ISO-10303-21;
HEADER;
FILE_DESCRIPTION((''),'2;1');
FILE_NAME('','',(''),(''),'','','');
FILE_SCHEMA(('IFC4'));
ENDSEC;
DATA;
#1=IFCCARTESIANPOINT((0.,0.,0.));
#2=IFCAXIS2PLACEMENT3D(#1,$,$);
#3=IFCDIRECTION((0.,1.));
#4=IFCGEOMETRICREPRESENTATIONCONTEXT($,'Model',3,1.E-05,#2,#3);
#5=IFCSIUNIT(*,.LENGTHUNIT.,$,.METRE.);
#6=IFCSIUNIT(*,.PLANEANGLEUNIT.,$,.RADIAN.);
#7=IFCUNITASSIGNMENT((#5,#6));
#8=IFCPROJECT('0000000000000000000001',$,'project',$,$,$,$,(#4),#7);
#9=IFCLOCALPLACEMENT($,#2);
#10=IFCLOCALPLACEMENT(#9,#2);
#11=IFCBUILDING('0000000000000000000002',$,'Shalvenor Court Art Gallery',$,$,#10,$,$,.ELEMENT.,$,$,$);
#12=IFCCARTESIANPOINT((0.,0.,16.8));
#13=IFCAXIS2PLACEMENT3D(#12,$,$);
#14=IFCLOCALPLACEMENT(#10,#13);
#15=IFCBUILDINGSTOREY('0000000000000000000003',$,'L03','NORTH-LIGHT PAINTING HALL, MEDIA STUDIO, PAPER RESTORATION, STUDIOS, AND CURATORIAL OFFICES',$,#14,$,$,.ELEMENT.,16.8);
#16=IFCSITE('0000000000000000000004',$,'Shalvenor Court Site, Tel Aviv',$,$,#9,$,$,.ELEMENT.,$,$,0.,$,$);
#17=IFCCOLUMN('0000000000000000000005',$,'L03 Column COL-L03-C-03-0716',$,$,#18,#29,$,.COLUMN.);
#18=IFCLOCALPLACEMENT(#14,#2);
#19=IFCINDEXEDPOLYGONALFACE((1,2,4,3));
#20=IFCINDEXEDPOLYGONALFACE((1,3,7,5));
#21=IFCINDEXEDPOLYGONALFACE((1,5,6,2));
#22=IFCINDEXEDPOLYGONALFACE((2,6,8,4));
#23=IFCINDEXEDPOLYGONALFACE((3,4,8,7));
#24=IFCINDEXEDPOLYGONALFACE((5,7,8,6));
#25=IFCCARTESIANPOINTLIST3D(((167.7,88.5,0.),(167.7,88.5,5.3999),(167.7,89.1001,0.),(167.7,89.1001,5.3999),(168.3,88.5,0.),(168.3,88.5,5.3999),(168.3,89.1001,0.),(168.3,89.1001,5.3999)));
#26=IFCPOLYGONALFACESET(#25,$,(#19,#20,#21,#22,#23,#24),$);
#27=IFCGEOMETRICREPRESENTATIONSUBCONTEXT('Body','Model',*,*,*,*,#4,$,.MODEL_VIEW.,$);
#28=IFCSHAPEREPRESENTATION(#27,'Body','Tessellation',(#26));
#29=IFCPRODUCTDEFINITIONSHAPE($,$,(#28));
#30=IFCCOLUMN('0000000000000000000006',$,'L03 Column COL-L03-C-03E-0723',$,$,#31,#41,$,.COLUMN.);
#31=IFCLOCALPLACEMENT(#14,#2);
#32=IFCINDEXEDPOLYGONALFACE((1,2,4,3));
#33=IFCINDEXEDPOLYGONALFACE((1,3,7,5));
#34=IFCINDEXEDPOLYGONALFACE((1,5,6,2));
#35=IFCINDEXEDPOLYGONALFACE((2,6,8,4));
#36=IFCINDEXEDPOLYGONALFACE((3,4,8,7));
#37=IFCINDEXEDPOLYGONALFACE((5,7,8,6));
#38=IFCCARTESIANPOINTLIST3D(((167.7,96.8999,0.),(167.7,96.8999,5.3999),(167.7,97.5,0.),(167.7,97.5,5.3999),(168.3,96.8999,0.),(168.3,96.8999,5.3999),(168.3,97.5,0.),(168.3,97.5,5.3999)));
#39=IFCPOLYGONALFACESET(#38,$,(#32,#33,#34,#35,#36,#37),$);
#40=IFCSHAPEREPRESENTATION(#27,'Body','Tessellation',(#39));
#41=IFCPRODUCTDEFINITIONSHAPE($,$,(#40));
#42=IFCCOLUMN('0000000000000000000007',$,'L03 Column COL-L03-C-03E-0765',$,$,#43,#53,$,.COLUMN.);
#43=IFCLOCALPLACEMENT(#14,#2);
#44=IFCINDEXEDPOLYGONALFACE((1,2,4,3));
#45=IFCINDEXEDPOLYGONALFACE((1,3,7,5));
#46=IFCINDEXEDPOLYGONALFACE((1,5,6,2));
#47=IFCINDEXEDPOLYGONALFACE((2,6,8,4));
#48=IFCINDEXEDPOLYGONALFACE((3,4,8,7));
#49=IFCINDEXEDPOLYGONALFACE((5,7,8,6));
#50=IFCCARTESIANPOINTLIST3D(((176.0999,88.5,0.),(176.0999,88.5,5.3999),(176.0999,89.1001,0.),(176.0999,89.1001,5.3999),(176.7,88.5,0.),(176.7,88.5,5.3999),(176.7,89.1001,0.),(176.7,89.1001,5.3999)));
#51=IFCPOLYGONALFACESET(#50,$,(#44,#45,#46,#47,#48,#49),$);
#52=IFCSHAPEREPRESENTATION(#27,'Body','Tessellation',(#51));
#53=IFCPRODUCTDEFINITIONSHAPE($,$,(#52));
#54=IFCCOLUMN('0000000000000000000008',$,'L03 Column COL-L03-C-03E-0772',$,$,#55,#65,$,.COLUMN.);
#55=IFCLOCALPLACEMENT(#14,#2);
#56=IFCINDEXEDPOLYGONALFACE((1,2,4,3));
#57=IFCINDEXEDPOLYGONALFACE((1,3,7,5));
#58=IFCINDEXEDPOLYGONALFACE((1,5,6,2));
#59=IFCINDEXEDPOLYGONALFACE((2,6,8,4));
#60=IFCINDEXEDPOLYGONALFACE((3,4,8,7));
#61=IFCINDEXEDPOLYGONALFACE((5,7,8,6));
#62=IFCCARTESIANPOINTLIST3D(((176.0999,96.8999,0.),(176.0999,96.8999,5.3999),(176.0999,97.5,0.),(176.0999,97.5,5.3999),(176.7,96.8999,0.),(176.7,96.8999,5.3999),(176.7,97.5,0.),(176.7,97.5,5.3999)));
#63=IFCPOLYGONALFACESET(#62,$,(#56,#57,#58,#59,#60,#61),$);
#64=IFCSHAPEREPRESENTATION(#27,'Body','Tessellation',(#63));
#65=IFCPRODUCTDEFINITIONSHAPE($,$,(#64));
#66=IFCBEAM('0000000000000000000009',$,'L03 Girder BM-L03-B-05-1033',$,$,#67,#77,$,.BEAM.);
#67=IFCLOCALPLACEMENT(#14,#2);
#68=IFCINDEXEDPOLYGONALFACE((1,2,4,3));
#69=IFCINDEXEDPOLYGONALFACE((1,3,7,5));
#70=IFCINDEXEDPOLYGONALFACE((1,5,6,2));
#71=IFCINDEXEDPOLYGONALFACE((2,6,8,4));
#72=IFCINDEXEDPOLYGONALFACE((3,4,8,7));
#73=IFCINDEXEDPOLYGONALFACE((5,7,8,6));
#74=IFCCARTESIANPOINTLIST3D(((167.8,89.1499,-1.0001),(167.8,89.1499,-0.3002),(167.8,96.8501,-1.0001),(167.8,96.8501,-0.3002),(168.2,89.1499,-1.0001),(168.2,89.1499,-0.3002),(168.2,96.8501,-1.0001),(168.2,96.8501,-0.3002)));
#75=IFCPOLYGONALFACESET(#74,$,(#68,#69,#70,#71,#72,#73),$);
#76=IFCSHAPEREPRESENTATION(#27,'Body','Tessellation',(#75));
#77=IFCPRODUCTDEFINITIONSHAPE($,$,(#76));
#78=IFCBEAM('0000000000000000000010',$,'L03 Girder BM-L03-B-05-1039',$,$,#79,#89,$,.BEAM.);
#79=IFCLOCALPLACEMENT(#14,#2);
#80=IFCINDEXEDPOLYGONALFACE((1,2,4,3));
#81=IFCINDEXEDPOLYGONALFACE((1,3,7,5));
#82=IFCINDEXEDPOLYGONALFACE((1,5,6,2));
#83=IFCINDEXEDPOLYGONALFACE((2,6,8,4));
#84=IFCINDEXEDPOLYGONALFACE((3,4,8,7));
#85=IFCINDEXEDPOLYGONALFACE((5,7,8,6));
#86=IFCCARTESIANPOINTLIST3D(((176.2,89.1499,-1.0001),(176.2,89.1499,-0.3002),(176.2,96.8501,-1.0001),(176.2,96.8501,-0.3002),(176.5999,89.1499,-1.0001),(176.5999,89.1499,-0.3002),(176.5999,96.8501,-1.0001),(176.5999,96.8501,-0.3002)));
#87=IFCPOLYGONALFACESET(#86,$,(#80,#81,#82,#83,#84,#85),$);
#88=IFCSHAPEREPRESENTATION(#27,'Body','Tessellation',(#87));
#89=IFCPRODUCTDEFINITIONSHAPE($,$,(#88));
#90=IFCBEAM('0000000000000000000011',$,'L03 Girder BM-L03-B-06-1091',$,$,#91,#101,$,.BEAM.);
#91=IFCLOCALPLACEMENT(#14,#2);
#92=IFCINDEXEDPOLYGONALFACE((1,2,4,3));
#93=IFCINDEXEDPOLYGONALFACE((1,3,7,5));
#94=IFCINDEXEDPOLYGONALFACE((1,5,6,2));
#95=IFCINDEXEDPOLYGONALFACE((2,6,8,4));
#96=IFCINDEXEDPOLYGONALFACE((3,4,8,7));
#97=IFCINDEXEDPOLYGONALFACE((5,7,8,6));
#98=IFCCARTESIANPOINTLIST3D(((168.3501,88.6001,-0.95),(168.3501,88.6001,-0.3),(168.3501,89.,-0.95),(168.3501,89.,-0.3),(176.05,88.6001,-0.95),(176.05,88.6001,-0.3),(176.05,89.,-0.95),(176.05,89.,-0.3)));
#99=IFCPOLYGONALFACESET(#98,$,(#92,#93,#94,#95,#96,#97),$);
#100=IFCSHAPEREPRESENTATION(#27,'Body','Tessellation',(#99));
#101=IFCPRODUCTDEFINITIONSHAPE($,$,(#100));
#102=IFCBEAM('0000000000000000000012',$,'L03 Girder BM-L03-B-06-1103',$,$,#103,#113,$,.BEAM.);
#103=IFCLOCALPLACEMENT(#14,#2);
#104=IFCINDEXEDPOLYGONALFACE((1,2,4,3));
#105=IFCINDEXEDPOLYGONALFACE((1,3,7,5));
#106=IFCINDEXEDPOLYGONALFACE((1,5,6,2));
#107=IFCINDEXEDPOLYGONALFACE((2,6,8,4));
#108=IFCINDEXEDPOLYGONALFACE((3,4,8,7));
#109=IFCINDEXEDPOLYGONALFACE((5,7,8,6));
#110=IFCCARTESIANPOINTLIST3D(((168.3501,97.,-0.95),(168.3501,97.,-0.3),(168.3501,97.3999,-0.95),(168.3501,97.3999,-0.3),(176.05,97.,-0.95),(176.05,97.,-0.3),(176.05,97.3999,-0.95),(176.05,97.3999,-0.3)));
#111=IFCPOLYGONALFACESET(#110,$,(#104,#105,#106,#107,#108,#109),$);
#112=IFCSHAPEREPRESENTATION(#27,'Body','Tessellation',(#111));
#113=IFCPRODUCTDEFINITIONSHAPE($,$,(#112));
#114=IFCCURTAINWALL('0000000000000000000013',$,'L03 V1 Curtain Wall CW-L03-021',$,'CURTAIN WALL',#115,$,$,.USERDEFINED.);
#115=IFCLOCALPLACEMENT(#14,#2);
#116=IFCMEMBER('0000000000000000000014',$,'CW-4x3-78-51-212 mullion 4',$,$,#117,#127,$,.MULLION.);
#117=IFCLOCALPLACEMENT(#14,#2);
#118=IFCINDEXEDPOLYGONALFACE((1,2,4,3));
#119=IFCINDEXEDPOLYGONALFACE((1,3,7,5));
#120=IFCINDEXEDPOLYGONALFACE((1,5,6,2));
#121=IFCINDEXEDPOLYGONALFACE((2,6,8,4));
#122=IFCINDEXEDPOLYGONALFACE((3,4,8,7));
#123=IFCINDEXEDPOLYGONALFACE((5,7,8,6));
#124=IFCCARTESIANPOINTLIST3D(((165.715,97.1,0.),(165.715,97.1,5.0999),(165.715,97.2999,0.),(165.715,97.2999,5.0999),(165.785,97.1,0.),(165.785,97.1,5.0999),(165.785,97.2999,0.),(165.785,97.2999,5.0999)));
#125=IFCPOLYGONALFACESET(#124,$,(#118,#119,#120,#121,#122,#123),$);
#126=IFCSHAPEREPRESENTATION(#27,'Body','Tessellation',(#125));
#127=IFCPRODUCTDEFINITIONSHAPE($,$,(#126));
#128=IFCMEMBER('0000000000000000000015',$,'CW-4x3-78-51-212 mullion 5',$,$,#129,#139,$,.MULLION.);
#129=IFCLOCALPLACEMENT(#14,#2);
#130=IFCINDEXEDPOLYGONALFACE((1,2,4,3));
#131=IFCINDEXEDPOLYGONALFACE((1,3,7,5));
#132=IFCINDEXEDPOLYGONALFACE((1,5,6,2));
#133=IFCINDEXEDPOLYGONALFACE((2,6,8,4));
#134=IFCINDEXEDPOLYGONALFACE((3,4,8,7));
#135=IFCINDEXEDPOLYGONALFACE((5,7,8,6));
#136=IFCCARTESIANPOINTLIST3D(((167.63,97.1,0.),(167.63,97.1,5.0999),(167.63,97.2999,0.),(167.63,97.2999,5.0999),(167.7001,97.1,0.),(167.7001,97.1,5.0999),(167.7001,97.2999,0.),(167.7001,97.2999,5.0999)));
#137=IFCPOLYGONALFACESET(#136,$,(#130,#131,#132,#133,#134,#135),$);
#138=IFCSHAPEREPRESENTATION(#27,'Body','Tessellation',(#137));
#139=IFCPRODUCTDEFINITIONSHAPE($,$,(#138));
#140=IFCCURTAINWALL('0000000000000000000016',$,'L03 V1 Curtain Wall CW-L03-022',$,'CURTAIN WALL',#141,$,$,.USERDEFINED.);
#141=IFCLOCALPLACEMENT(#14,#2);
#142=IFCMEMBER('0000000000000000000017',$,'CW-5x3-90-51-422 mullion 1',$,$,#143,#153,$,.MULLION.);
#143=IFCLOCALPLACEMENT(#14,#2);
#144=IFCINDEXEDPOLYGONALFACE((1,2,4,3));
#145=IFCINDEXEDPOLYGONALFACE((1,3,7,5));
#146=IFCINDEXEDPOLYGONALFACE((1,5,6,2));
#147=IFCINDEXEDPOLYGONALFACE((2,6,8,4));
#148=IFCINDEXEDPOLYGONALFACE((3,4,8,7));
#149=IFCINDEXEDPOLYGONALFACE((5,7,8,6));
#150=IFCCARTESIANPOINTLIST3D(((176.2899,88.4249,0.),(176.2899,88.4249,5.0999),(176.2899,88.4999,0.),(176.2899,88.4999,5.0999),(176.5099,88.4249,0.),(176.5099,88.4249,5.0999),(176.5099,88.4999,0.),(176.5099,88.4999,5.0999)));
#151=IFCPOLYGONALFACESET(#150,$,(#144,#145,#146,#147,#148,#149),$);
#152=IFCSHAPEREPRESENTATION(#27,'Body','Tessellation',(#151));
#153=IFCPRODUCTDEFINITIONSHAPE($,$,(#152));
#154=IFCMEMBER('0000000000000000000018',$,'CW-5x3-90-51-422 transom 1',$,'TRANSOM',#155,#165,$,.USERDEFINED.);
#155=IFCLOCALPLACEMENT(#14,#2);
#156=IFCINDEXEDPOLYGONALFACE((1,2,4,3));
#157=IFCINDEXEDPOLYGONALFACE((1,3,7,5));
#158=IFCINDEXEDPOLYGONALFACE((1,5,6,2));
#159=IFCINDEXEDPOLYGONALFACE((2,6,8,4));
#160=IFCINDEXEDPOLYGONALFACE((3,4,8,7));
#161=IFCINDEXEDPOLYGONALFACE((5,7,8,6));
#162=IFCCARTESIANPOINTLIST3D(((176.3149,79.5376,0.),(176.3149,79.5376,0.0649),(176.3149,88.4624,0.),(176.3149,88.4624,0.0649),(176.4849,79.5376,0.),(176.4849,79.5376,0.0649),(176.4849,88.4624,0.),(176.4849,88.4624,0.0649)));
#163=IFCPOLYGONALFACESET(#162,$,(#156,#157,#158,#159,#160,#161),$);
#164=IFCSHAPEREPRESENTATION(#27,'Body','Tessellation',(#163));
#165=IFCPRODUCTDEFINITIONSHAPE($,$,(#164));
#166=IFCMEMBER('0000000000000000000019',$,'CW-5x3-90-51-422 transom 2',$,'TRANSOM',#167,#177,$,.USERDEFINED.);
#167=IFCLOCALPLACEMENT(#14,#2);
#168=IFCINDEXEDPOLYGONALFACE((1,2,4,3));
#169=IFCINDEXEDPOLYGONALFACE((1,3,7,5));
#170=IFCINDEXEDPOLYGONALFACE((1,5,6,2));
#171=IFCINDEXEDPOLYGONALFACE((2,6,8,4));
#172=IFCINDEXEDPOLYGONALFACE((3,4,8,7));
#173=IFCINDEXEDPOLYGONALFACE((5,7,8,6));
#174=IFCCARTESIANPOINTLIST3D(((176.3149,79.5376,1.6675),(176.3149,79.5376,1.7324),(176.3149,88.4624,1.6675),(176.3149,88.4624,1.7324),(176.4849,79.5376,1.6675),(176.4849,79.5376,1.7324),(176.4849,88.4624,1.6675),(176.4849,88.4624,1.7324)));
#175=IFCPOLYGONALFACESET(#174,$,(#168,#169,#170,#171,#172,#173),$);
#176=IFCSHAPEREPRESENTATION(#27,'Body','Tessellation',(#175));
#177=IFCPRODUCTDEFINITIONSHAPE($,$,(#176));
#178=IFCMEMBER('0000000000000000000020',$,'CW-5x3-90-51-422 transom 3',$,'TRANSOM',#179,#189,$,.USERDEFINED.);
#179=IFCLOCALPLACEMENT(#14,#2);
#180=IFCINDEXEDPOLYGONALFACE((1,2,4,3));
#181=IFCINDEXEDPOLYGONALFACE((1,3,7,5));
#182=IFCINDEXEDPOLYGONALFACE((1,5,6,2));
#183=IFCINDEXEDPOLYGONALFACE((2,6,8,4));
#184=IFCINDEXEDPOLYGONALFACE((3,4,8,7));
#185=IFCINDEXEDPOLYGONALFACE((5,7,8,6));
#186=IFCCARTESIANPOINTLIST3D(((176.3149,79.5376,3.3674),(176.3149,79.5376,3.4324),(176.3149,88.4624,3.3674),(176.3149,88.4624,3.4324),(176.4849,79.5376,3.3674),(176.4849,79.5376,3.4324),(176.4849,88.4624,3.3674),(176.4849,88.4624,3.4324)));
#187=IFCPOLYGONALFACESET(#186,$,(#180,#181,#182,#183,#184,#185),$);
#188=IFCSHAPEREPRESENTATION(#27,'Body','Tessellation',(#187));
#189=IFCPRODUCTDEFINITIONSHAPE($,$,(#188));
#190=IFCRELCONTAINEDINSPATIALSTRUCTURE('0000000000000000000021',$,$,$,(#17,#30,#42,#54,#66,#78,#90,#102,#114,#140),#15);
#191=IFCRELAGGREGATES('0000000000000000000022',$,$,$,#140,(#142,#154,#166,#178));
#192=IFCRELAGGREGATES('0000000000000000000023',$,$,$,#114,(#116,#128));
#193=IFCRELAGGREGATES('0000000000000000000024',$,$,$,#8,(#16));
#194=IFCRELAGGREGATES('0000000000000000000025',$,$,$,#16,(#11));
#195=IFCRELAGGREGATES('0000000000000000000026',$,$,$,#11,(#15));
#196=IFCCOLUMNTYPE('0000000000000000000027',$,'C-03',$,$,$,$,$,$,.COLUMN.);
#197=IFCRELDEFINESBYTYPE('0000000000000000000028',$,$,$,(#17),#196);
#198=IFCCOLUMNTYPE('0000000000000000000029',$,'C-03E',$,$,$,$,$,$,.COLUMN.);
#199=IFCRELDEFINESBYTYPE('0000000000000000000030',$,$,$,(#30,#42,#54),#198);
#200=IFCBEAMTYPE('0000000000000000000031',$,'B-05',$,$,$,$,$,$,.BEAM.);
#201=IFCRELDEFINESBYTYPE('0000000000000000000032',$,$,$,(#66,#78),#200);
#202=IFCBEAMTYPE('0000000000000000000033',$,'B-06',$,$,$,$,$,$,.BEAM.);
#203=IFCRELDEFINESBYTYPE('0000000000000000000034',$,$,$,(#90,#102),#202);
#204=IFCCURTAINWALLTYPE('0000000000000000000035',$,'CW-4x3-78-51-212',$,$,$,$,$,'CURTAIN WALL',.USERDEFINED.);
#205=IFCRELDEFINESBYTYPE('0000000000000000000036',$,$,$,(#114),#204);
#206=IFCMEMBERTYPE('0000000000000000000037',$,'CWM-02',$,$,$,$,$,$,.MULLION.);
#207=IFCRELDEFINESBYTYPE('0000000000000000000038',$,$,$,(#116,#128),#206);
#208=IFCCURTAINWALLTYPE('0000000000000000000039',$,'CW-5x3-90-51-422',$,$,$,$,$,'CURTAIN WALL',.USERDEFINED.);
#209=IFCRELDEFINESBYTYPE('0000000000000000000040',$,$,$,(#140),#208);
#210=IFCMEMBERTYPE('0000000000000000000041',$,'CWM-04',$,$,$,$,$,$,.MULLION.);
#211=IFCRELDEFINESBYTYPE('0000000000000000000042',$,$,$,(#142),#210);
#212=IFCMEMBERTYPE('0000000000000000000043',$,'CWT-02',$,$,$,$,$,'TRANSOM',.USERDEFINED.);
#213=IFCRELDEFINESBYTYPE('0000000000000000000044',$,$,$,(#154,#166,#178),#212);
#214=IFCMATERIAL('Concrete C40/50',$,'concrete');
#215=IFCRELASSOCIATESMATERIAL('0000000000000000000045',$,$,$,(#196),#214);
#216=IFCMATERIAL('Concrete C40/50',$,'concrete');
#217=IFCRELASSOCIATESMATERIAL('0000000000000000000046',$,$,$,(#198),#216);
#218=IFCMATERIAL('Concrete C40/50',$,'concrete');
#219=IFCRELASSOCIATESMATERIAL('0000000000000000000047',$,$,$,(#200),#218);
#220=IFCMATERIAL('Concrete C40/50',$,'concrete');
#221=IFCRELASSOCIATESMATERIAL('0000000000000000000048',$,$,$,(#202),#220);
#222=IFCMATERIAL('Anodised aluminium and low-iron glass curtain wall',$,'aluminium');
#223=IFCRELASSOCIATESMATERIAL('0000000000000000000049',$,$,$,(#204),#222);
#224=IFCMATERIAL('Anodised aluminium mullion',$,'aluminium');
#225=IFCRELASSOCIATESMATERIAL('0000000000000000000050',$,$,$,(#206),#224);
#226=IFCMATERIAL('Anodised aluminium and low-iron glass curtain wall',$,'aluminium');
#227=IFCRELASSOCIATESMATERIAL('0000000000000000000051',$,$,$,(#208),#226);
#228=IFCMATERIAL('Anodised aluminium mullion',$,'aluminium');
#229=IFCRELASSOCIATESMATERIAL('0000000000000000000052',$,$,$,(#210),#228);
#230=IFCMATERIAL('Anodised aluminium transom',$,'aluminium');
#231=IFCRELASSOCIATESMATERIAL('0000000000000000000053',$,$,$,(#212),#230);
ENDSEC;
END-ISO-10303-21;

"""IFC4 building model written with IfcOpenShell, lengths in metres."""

from ifc_helpers import new_model, si_unit, direction, frame, origin, origin_2d, place, context, subcontext, project, spatial, rectangle, extrude, material, material_profile, profile_set, type_object, element, aggregate, save


model = new_model("IFC4")

# Units and contexts
model_context = context("Model", 3, precision=1e-05, world=origin(), true_north=direction((0.0, 1.0)))
body_context = subcontext(model_context, "Body", "Model", "MODEL_VIEW")
ifc_project = project(units=[si_unit("LENGTHUNIT", "METRE"), si_unit("PLANEANGLEUNIT", "RADIAN")], contexts=[model_context])

# Site, building, storey
site_placement = place(None, origin())
site = spatial("IfcSite", under=ifc_project, at=site_placement, Name="Shalvenor Court Site, Tel Aviv", CompositionType="ELEMENT", RefElevation=0.0)
building_placement = place(site_placement, origin())
building = spatial("IfcBuilding", under=site, at=building_placement, Name="Shalvenor Court Art Gallery", CompositionType="ELEMENT")
storey_placement = place(building_placement, frame((0.0, 0.0, 16.8)))
storey = spatial("IfcBuildingStorey", under=building, at=storey_placement, Name="L03", Description="NORTH-LIGHT PAINTING HALL, MEDIA STUDIO, PAPER RESTORATION, STUDIOS, AND CURATORIAL OFFICES", CompositionType="ELEMENT", Elevation=16.8)

# Columns
ifc_material_1 = material(Name="Concrete C40/50", Category="concrete")
ifc_material_profile_1 = material_profile(ifc_material_1, rectangle(XDim=0.6001, YDim=0.6001, at=origin_2d()), Name="RC 600x600")
ifc_profile_set_1 = profile_set([ifc_material_profile_1], Name="Concrete C40/50")
column_type_1 = type_object("IfcColumnType", Name="C-03", PredefinedType="COLUMN", material=ifc_profile_set_1)
column_placement = place(storey_placement, frame((168.0, 88.8, 0.0), z_axis=(0.0, 0.0, 1.0), x_axis=(1.0, 0.0, 0.0)))
element("IfcColumn", 1, at=column_placement, inside=storey, type_object=column_type_1, Name="L03 Column COL-L03-C-03-0716", PredefinedType="COLUMN", context=body_context, shape_type="SweptSolid", body=[
    extrude(rectangle(XDim=0.6001, YDim=0.6001, at=origin_2d()), origin(), (0.0, 0.0, 1.0), 5.3999),
])
ifc_material_2 = material(Name="Concrete C40/50", Category="concrete")
ifc_material_profile_2 = material_profile(ifc_material_2, rectangle(XDim=0.6001, YDim=0.6001, at=origin_2d()), Name="RC 600x600")
ifc_profile_set_2 = profile_set([ifc_material_profile_2], Name="Concrete C40/50")
column_type_2 = type_object("IfcColumnType", Name="C-03E", PredefinedType="COLUMN", material=ifc_profile_set_2)
for number, where, z_axis, x_axis, name in (
    (2, (168.0, 97.2, 0.0), (0.0, 0.0, 1.0), (1.0, 0.0, 0.0), "L03 Column COL-L03-C-03E-0723"),
    (3, (176.3999, 88.8, 0.0), (0.0, 0.0, 1.0), (1.0, 0.0, 0.0), "L03 Column COL-L03-C-03E-0765"),
    (4, (176.3999, 97.2, 0.0), (0.0, 0.0, 1.0), (1.0, 0.0, 0.0), "L03 Column COL-L03-C-03E-0772"),
):
    element("IfcColumn", number, at=place(storey_placement, frame(where, z_axis=z_axis, x_axis=x_axis)), inside=storey, type_object=column_type_2, Name=name, PredefinedType="COLUMN", context=body_context, shape_type="SweptSolid", body=[
        extrude(rectangle(XDim=0.6001, YDim=0.6001, at=origin_2d()), origin(), (0.0, 0.0, 1.0), 5.3999),
    ])

# Beams
ifc_material_3 = material(Name="Concrete C40/50", Category="concrete")
ifc_material_profile_3 = material_profile(ifc_material_3, rectangle(XDim=0.3999, YDim=0.7, at=origin_2d()), Name="RC 400x700")
ifc_profile_set_3 = profile_set([ifc_material_profile_3], Name="Concrete C40/50")
beam_type_1 = type_object("IfcBeamType", Name="B-05", PredefinedType="BEAM", material=ifc_profile_set_3)
for number, where, z_axis, x_axis, name in (
    (5, (168.0, 89.1499, -0.6501), (0.0, 1.0, 0.0), (-1.0, 0.0, 0.0), "L03 Girder BM-L03-B-05-1033"),
    (6, (176.3999, 89.1499, -0.6501), (0.0, 1.0, 0.0), (-1.0, 0.0, 0.0), "L03 Girder BM-L03-B-05-1039"),
):
    element("IfcBeam", number, at=place(storey_placement, frame(where, z_axis=z_axis, x_axis=x_axis)), inside=storey, type_object=beam_type_1, Name=name, PredefinedType="BEAM", context=body_context, shape_type="SweptSolid", body=[
        extrude(rectangle(XDim=0.3999, YDim=0.7, at=origin_2d()), origin(), (0.0, 0.0, 1.0), 7.7002),
    ])
ifc_material_4 = material(Name="Concrete C40/50", Category="concrete")
ifc_material_profile_4 = material_profile(ifc_material_4, rectangle(XDim=0.3999, YDim=0.6499, at=origin_2d()), Name="RC 400x650")
ifc_profile_set_4 = profile_set([ifc_material_profile_4], Name="Concrete C40/50")
beam_type_2 = type_object("IfcBeamType", Name="B-06", PredefinedType="BEAM", material=ifc_profile_set_4)
for number, where, z_axis, x_axis, name in (
    (7, (168.3501, 88.8, -0.625), (1.0, 0.0, 0.0), (0.0, 1.0, 0.0), "L03 Girder BM-L03-B-06-1091"),
    (8, (168.3501, 97.2, -0.625), (1.0, 0.0, 0.0), (0.0, 1.0, 0.0), "L03 Girder BM-L03-B-06-1103"),
):
    element("IfcBeam", number, at=place(storey_placement, frame(where, z_axis=z_axis, x_axis=x_axis)), inside=storey, type_object=beam_type_2, Name=name, PredefinedType="BEAM", context=body_context, shape_type="SweptSolid", body=[
        extrude(rectangle(XDim=0.3999, YDim=0.6499, at=origin_2d()), origin(), (0.0, 0.0, 1.0), 7.7),
    ])

# Curtain walls, members
ifc_material_5 = material(Name="Anodised aluminium and low-iron glass curtain wall", Category="aluminium")
curtain_wall_type_1 = type_object("IfcCurtainWallType", Name="CW-4x3-78-51-212", ElementType="CURTAIN WALL", PredefinedType="USERDEFINED", material=ifc_material_5)
curtain_wall_1_placement = place(storey_placement, origin())
curtain_wall_1 = element("IfcCurtainWall", 9, at=curtain_wall_1_placement, inside=storey, type_object=curtain_wall_type_1, Name="L03 V1 Curtain Wall CW-L03-021", ObjectType="CURTAIN WALL", PredefinedType="USERDEFINED")
ifc_material_6 = material(Name="Anodised aluminium mullion", Category="aluminium")
ifc_material_profile_5 = material_profile(ifc_material_6, rectangle(XDim=0.0701, YDim=0.2, at=origin_2d()), Name="CWM-02")
ifc_profile_set_5 = profile_set([ifc_material_profile_5], Name="Anodised aluminium mullion")
member_type_1 = type_object("IfcMemberType", Name="CWM-02", PredefinedType="MULLION", material=ifc_profile_set_5)
member_1_placement = place(storey_placement, frame((165.75, 97.2, 0.0), z_axis=(0.0, 0.0, 1.0), x_axis=(1.0, 0.0, 0.0)))
member_1 = element("IfcMember", 10, at=member_1_placement, type_object=member_type_1, Name="CW-4x3-78-51-212 mullion 4", PredefinedType="MULLION", context=body_context, shape_type="SweptSolid", body=[
    extrude(rectangle(XDim=0.0701, YDim=0.2, at=origin_2d()), origin(), (0.0, 0.0, 1.0), 5.0999),
])
member_2_placement = place(storey_placement, frame((167.665, 97.2, 0.0), z_axis=(0.0, 0.0, 1.0), x_axis=(1.0, 0.0, 0.0)))
member_2 = element("IfcMember", 11, at=member_2_placement, type_object=member_type_1, Name="CW-4x3-78-51-212 mullion 5", PredefinedType="MULLION", context=body_context, shape_type="SweptSolid", body=[
    extrude(rectangle(XDim=0.0701, YDim=0.2, at=origin_2d()), origin(), (0.0, 0.0, 1.0), 5.0999),
])
ifc_material_7 = material(Name="Anodised aluminium and low-iron glass curtain wall", Category="aluminium")
curtain_wall_type_2 = type_object("IfcCurtainWallType", Name="CW-5x3-90-51-422", ElementType="CURTAIN WALL", PredefinedType="USERDEFINED", material=ifc_material_7)
curtain_wall_2_placement = place(storey_placement, origin())
curtain_wall_2 = element("IfcCurtainWall", 12, at=curtain_wall_2_placement, inside=storey, type_object=curtain_wall_type_2, Name="L03 V1 Curtain Wall CW-L03-022", ObjectType="CURTAIN WALL", PredefinedType="USERDEFINED")
ifc_material_8 = material(Name="Anodised aluminium mullion", Category="aluminium")
ifc_material_profile_6 = material_profile(ifc_material_8, rectangle(XDim=0.075, YDim=0.22, at=origin_2d()), Name="CWM-04")
ifc_profile_set_6 = profile_set([ifc_material_profile_6], Name="Anodised aluminium mullion")
member_type_2 = type_object("IfcMemberType", Name="CWM-04", PredefinedType="MULLION", material=ifc_profile_set_6)
member_3_placement = place(storey_placement, frame((176.3999, 88.4624, 0.0), z_axis=(0.0, 0.0, 1.0), x_axis=(0.0, -1.0, 0.0)))
member_3 = element("IfcMember", 13, at=member_3_placement, type_object=member_type_2, Name="CW-5x3-90-51-422 mullion 1", PredefinedType="MULLION", context=body_context, shape_type="SweptSolid", body=[
    extrude(rectangle(XDim=0.075, YDim=0.22, at=origin_2d()), origin(), (0.0, 0.0, 1.0), 5.0999),
])
ifc_material_9 = material(Name="Anodised aluminium transom", Category="aluminium")
ifc_material_profile_7 = material_profile(ifc_material_9, rectangle(XDim=0.1699, YDim=0.0649, at=origin_2d()), Name="CWT-02")
ifc_profile_set_7 = profile_set([ifc_material_profile_7], Name="Anodised aluminium transom")
member_type_3 = type_object("IfcMemberType", Name="CWT-02", ElementType="TRANSOM", PredefinedType="USERDEFINED", material=ifc_profile_set_7)
member_4_placement = place(storey_placement, frame((176.3999, 88.4624, 0.0325), z_axis=(0.0, -1.0, 0.0), x_axis=(1.0, 0.0, 0.0)))
member_4 = element("IfcMember", 14, at=member_4_placement, type_object=member_type_3, Name="CW-5x3-90-51-422 transom 1", ObjectType="TRANSOM", PredefinedType="USERDEFINED", context=body_context, shape_type="SweptSolid", body=[
    extrude(rectangle(XDim=0.1699, YDim=0.0649, at=origin_2d()), origin(), (0.0, 0.0, 1.0), 8.9248),
])
member_5_placement = place(storey_placement, frame((176.3999, 88.4624, 1.7), z_axis=(0.0, -1.0, 0.0), x_axis=(1.0, 0.0, 0.0)))
member_5 = element("IfcMember", 15, at=member_5_placement, type_object=member_type_3, Name="CW-5x3-90-51-422 transom 2", ObjectType="TRANSOM", PredefinedType="USERDEFINED", context=body_context, shape_type="SweptSolid", body=[
    extrude(rectangle(XDim=0.1699, YDim=0.0649, at=origin_2d()), origin(), (0.0, 0.0, 1.0), 8.9248),
])
member_6_placement = place(storey_placement, frame((176.3999, 88.4624, 3.3999), z_axis=(0.0, -1.0, 0.0), x_axis=(1.0, 0.0, 0.0)))
member_6 = element("IfcMember", 16, at=member_6_placement, type_object=member_type_3, Name="CW-5x3-90-51-422 transom 3", ObjectType="TRANSOM", PredefinedType="USERDEFINED", context=body_context, shape_type="SweptSolid", body=[
    extrude(rectangle(XDim=0.1699, YDim=0.0649, at=origin_2d()), origin(), (0.0, 0.0, 1.0), 8.9248),
])
aggregate(curtain_wall_2, [member_3, member_4, member_5, member_6])

aggregate(curtain_wall_1, [member_1, member_2])

save(model, "model.ifc")
